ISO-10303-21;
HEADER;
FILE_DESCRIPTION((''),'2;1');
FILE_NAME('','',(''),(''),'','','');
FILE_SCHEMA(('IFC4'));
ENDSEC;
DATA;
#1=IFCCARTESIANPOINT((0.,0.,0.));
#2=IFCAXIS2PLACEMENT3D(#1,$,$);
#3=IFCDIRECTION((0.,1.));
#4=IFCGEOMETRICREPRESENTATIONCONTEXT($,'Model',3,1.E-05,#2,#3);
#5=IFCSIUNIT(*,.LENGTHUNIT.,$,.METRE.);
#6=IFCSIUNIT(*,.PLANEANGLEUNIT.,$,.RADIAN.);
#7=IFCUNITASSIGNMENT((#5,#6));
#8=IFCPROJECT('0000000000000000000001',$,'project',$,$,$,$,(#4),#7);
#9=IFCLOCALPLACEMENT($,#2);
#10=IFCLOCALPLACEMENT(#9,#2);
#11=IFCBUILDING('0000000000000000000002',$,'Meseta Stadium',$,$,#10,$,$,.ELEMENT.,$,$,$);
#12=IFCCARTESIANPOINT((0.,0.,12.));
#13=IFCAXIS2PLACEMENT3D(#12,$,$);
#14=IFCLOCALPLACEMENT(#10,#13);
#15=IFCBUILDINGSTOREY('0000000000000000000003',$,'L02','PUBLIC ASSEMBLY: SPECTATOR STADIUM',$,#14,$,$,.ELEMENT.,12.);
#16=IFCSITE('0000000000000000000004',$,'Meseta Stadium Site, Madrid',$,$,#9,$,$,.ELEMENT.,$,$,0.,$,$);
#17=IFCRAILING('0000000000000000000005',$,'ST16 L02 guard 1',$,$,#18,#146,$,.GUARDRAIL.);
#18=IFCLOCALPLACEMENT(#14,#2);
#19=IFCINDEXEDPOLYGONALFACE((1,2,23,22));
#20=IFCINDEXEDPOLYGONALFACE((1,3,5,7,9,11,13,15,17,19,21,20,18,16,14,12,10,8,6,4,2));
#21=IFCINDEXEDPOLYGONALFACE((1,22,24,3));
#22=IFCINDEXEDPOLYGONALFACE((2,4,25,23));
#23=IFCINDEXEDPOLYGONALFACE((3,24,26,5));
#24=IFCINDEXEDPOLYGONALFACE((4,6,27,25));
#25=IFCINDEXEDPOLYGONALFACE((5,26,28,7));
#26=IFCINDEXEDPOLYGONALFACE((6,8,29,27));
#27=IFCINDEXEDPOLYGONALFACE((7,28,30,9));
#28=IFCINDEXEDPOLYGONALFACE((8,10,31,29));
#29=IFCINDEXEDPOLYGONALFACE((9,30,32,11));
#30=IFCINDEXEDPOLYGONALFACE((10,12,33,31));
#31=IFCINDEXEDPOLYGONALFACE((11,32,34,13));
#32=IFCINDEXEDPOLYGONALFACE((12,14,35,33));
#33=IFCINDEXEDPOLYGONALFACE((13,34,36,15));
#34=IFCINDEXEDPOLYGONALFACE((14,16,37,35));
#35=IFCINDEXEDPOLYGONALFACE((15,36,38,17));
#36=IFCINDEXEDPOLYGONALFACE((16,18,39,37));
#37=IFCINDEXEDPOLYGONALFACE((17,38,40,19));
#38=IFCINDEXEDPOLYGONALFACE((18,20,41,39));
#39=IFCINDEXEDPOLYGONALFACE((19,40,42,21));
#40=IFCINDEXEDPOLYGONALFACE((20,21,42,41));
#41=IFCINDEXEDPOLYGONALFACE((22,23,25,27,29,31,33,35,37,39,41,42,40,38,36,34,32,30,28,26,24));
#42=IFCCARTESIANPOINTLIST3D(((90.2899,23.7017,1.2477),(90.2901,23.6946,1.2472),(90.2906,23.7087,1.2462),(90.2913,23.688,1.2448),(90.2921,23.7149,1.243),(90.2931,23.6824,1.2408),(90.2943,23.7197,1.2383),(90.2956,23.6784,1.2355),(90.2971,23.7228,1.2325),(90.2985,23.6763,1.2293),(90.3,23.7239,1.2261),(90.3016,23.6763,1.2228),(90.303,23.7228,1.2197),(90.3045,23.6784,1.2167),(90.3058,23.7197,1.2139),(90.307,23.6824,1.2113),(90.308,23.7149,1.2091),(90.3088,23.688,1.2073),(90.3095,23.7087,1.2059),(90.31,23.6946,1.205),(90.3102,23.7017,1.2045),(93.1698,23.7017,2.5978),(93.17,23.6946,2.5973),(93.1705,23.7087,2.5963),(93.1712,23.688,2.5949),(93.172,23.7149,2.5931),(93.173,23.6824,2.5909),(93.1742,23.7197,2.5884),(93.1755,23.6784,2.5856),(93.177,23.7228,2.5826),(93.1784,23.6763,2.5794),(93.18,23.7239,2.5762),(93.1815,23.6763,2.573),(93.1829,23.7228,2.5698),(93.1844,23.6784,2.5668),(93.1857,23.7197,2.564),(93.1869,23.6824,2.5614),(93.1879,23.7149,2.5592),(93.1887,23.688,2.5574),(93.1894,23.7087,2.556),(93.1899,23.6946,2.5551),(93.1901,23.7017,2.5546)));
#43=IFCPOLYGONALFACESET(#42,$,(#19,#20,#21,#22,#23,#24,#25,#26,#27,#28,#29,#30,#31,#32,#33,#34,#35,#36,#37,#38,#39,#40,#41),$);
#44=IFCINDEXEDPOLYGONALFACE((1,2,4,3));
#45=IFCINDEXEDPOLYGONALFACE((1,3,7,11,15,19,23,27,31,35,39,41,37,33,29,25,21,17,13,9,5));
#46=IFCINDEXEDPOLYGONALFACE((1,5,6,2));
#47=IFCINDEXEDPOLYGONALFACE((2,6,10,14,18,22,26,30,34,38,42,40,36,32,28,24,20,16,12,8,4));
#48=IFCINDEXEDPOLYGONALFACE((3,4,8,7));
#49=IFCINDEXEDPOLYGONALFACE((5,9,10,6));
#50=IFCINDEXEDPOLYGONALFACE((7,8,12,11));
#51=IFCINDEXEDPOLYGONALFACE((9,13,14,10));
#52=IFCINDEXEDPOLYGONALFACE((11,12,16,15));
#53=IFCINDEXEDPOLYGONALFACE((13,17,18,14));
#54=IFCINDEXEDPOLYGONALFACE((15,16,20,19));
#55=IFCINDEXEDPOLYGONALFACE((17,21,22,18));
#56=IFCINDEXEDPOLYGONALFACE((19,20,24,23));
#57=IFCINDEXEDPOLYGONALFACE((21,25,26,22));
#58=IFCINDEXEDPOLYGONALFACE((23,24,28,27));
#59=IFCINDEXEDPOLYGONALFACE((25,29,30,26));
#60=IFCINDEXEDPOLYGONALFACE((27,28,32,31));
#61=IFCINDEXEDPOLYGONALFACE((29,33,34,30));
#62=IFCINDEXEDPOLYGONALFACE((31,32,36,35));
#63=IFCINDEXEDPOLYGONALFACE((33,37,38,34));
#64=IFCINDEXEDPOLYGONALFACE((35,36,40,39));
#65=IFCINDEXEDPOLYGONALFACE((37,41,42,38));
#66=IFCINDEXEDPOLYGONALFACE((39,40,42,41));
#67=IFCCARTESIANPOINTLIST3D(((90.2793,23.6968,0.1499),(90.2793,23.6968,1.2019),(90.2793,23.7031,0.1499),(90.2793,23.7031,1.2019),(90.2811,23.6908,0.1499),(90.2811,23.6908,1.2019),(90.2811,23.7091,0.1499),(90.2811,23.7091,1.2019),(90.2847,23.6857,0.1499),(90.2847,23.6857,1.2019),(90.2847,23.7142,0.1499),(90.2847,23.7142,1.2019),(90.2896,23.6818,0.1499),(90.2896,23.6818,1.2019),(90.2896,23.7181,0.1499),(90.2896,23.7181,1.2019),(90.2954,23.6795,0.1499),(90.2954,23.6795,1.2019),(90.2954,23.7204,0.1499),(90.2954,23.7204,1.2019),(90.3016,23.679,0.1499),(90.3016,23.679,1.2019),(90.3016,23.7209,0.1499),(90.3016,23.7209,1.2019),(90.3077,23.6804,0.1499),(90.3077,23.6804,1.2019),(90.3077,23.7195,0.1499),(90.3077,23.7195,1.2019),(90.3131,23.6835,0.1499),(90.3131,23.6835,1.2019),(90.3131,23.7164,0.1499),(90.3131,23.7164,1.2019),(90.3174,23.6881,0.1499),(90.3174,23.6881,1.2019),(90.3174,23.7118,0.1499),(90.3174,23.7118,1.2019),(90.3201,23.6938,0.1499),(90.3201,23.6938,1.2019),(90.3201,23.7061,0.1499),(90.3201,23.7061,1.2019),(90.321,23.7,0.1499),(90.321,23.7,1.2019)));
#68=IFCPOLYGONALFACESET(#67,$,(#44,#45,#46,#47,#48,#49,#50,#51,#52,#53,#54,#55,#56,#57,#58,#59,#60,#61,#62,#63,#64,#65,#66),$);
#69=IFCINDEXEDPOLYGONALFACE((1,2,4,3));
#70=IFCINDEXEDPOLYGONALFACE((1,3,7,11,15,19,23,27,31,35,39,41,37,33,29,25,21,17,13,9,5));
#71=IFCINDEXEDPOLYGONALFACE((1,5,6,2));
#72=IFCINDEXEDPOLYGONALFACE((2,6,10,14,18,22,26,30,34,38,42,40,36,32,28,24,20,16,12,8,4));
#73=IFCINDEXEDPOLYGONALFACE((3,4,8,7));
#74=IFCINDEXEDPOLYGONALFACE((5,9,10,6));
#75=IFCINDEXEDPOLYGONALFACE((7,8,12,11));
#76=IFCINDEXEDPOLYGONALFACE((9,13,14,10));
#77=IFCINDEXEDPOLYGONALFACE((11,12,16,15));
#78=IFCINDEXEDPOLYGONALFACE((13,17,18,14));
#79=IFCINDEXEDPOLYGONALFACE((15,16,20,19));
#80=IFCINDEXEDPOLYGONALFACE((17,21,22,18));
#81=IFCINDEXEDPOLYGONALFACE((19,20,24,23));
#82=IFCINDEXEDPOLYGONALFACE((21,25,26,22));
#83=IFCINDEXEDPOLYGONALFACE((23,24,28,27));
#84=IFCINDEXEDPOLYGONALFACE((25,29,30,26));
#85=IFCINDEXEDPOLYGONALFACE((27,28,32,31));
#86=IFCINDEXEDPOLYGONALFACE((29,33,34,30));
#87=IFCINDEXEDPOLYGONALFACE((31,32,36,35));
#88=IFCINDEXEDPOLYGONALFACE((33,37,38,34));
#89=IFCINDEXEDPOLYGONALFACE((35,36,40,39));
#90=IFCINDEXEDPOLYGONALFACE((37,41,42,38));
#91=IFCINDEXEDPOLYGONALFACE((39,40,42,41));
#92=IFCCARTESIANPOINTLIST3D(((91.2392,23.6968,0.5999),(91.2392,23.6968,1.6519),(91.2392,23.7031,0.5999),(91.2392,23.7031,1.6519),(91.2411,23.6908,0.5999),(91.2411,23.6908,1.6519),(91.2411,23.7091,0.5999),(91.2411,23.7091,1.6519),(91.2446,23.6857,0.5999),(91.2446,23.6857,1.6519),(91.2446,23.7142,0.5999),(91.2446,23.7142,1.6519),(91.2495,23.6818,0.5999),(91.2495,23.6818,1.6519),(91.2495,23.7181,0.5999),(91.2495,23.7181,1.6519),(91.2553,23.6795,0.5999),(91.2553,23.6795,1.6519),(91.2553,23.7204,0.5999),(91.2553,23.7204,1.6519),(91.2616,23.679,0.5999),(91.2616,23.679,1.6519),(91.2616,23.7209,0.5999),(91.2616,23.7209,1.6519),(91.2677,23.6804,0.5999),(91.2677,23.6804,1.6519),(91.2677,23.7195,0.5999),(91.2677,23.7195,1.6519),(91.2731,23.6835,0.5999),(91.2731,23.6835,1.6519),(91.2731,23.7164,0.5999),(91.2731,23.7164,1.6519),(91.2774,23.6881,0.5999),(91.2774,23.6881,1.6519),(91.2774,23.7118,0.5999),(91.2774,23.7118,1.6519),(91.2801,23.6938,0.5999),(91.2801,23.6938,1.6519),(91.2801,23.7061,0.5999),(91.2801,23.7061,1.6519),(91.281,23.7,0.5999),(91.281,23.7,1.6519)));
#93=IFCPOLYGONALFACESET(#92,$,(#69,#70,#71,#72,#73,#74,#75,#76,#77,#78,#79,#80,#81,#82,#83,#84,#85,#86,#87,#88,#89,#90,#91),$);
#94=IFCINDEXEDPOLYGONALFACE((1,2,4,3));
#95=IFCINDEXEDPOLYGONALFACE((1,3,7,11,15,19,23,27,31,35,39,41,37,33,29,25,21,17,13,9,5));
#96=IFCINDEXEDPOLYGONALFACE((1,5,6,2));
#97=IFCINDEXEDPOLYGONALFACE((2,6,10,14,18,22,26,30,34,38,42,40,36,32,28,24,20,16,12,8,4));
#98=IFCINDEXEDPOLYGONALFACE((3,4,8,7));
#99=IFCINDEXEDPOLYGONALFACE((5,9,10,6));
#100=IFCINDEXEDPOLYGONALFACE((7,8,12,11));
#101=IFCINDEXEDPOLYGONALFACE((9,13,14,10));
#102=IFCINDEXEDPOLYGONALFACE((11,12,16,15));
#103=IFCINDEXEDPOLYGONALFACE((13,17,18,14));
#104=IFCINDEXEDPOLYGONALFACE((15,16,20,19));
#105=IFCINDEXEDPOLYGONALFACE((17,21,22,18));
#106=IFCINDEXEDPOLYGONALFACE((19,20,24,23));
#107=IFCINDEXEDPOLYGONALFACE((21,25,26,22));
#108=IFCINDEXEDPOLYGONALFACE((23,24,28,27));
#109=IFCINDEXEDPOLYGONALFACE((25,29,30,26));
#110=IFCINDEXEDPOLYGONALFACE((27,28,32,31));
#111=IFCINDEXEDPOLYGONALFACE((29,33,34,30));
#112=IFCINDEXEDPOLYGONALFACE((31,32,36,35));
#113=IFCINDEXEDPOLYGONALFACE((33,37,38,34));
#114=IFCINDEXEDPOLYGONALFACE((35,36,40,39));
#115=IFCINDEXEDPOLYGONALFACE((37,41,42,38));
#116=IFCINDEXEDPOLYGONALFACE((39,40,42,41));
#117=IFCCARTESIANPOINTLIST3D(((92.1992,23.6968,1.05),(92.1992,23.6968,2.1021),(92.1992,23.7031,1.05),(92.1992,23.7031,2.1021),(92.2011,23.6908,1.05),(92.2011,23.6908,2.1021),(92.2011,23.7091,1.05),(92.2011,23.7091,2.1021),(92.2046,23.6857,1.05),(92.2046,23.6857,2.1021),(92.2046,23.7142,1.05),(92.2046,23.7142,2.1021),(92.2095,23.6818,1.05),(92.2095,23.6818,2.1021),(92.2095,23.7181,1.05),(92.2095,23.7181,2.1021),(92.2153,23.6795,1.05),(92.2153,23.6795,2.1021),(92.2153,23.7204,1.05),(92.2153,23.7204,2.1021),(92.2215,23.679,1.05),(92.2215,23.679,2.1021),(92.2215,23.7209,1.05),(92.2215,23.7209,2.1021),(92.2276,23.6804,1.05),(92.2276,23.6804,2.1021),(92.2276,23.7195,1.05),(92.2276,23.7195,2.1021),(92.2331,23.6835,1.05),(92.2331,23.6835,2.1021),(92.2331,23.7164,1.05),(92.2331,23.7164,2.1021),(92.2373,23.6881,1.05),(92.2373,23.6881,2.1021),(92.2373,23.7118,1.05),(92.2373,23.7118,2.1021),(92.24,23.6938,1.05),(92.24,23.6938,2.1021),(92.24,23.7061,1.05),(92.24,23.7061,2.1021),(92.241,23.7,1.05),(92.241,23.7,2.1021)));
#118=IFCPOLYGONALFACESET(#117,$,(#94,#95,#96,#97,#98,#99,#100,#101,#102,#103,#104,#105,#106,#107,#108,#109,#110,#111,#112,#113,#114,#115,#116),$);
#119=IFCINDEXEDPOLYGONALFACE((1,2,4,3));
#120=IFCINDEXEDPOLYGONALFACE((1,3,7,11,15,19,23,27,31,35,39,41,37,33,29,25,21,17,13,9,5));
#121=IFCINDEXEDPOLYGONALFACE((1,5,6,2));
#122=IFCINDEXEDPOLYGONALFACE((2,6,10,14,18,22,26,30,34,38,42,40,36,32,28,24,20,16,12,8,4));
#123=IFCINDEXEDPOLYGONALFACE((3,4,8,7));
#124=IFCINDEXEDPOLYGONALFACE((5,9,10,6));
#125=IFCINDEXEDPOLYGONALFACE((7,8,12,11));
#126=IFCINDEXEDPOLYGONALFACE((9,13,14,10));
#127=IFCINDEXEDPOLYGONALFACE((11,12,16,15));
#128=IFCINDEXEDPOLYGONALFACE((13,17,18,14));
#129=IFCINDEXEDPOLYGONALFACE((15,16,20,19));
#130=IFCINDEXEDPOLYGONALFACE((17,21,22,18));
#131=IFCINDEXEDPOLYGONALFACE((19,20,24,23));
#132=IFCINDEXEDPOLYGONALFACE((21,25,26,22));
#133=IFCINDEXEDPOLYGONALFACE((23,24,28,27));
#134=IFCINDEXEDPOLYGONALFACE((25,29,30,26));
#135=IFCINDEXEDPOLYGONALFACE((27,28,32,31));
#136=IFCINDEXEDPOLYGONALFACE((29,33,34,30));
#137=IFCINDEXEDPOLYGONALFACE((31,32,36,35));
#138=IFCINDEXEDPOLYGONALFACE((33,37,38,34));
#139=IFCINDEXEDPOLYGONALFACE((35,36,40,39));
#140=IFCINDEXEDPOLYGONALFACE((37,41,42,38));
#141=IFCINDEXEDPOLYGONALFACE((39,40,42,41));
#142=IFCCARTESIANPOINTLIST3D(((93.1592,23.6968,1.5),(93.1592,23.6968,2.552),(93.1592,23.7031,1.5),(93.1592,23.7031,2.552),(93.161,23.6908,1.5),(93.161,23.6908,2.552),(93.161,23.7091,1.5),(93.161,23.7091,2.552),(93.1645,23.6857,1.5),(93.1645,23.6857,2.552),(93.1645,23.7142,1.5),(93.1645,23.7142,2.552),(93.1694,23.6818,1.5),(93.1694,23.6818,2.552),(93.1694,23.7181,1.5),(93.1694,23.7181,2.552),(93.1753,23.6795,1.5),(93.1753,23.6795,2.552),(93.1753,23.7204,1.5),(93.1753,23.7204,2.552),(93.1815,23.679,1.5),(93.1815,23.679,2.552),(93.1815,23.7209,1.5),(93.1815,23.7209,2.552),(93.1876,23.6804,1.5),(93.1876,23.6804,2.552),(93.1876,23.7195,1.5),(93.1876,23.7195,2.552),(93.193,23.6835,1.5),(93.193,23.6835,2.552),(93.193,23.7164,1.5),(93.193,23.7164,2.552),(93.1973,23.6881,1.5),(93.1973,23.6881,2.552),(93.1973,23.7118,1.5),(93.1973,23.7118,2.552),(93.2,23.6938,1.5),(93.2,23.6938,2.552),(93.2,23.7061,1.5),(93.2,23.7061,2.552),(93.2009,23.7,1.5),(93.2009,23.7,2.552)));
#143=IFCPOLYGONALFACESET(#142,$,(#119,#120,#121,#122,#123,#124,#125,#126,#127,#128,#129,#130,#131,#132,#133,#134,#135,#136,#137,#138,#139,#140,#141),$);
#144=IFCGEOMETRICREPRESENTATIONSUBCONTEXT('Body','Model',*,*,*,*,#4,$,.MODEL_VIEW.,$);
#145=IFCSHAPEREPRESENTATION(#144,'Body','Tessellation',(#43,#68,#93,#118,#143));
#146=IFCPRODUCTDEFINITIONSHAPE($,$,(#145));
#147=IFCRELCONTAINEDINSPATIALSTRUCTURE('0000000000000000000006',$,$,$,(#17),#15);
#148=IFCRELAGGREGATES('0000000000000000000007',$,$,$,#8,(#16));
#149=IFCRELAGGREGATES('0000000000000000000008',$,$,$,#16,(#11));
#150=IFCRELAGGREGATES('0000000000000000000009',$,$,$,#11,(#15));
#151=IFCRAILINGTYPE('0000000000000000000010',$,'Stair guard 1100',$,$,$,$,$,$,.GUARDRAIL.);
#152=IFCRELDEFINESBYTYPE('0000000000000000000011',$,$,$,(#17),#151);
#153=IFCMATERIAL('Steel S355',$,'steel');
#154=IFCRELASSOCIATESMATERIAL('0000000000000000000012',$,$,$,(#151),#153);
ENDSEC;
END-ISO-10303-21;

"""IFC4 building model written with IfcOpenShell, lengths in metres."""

from ifc_helpers import new_model, si_unit, direction, frame, origin, origin_2d, place, context, subcontext, project, spatial, circle, extrude, material, type_object, element, save


model = new_model("IFC4")

# Units and contexts
model_context = context("Model", 3, precision=1e-05, world=origin(), true_north=direction((0.0, 1.0)))
body_context = subcontext(model_context, "Body", "Model", "MODEL_VIEW")
ifc_project = project(units=[si_unit("LENGTHUNIT", "METRE"), si_unit("PLANEANGLEUNIT", "RADIAN")], contexts=[model_context])

# Site, building, storey
site_placement = place(None, origin())
site = spatial("IfcSite", under=ifc_project, at=site_placement, Name="Meseta Stadium Site, Madrid", CompositionType="ELEMENT", RefElevation=0.0)
building_placement = place(site_placement, origin())
building = spatial("IfcBuilding", under=site, at=building_placement, Name="Meseta Stadium", CompositionType="ELEMENT")
storey_placement = place(building_placement, frame((0.0, 0.0, 12.0)))
storey = spatial("IfcBuildingStorey", under=building, at=storey_placement, Name="L02", Description="PUBLIC ASSEMBLY: SPECTATOR STADIUM", CompositionType="ELEMENT", Elevation=12.0)

# Railing
ifc_material_1 = material(Name="Steel S355", Category="steel")
railing_type_1 = type_object("IfcRailingType", Name="Stair guard 1100", PredefinedType="GUARDRAIL", material=ifc_material_1)
railing_1_placement = place(storey_placement, frame((90.3, 23.7, 0.1499)))
element("IfcRailing", 1, at=railing_1_placement, inside=storey, type_object=railing_type_1, Name="ST16 L02 guard 1", PredefinedType="GUARDRAIL", context=body_context, shape_type="SweptSolid", body=[
    extrude(circle(Radius=0.0239, at=origin_2d()), frame((0.0, 0.0, 1.0762), z_axis=(0.90544, 0.0, 0.424473), x_axis=(0.0, 1.0, 0.0)), (0.0, 0.0, 1.0), 3.1807),
    extrude(circle(Radius=0.021, at=origin_2d()), origin(), (0.0, 0.0, 1.0), 1.052),
    extrude(circle(Radius=0.021, at=origin_2d()), frame((0.96, 0.0, 0.45)), (0.0, 0.0, 1.0), 1.052),
    extrude(circle(Radius=0.021, at=origin_2d()), frame((1.9199, 0.0, 0.9001)), (0.0, 0.0, 1.0), 1.052),
    extrude(circle(Radius=0.021, at=origin_2d()), frame((2.8799, 0.0, 1.3501)), (0.0, 0.0, 1.0), 1.052),
])

save(model, "model.ifc")
